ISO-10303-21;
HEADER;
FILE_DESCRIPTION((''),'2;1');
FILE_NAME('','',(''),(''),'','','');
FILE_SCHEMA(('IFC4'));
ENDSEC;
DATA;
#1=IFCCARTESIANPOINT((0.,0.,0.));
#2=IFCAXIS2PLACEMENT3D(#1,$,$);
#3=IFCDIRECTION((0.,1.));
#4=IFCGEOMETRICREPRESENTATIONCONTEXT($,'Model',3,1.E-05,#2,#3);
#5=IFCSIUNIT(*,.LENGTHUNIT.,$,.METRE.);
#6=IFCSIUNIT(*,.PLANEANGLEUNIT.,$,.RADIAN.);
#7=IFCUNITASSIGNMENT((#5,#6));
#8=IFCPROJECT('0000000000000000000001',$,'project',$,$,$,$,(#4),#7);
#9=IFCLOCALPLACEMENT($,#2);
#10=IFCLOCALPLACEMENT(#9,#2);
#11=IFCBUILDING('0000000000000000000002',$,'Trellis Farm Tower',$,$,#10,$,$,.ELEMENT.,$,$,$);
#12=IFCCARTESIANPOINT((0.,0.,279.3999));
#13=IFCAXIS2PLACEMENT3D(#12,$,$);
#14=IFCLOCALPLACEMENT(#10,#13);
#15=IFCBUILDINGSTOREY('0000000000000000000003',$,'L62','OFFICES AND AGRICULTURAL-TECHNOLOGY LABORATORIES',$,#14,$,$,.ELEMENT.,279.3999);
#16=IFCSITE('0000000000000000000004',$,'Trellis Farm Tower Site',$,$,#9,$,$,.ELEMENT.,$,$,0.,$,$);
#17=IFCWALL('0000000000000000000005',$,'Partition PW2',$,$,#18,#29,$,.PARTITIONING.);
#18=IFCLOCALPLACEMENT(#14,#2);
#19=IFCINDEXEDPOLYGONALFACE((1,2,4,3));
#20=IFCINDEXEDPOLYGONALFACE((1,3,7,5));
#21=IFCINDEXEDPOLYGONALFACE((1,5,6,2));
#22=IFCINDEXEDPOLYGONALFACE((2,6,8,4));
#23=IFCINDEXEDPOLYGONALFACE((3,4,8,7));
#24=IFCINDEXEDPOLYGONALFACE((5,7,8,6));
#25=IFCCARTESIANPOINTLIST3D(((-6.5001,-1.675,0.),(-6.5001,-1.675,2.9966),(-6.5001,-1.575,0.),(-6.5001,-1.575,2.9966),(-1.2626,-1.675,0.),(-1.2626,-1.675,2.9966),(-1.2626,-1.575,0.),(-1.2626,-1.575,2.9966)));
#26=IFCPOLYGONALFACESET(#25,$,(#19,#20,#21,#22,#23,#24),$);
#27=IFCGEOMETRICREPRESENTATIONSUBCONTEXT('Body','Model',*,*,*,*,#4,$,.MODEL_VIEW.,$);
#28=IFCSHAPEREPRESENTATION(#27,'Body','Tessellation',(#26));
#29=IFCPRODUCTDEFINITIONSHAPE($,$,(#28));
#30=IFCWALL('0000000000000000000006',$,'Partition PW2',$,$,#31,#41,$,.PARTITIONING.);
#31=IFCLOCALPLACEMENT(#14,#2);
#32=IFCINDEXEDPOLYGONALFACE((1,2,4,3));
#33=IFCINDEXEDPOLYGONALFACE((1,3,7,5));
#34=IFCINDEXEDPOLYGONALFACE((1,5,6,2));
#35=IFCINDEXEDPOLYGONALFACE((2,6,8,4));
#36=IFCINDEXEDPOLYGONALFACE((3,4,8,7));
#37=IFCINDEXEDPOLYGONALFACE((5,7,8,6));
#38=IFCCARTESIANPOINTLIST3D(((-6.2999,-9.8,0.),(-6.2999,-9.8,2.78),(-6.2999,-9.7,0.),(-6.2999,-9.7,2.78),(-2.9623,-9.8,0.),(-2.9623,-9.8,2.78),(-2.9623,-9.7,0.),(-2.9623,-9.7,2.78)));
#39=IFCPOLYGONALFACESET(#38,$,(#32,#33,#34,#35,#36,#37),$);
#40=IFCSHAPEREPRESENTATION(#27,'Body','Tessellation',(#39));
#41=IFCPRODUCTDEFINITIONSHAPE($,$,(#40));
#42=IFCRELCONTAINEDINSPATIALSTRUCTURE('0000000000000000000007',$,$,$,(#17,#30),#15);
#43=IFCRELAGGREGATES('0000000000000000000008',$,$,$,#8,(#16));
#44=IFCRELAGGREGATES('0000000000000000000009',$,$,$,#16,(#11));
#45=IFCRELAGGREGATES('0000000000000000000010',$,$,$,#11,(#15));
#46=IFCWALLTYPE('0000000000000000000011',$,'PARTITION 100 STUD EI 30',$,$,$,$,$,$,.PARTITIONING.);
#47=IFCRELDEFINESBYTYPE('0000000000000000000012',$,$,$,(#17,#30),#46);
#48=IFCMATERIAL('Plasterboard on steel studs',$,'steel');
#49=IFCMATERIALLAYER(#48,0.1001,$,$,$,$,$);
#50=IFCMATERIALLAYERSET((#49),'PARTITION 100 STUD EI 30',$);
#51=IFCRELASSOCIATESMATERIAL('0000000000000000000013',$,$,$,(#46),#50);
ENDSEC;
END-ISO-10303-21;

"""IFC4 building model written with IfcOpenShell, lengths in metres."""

from ifc_helpers import new_model, si_unit, direction, frame, frame_2d, origin, place, context, subcontext, project, spatial, rectangle, extrude, source, transform, mapped, material, layer, layer_set, type_object, element, save


model = new_model("IFC4")

# Units and contexts
model_context = context("Model", 3, precision=1e-05, world=origin(), true_north=direction((0.0, 1.0)))
body_context = subcontext(model_context, "Body", "Model", "MODEL_VIEW")
ifc_project = project(units=[si_unit("LENGTHUNIT", "METRE"), si_unit("PLANEANGLEUNIT", "RADIAN")], contexts=[model_context])

# Site, building, storey
site_placement = place(None, origin())
site = spatial("IfcSite", under=ifc_project, at=site_placement, Name="Trellis Farm Tower Site", CompositionType="ELEMENT", RefElevation=0.0)
building_placement = place(site_placement, origin())
building = spatial("IfcBuilding", under=site, at=building_placement, Name="Trellis Farm Tower", CompositionType="ELEMENT")
storey_placement = place(building_placement, frame((0.0, 0.0, 279.3999)))
storey = spatial("IfcBuildingStorey", under=building, at=storey_placement, Name="L62", Description="OFFICES AND AGRICULTURAL-TECHNOLOGY LABORATORIES", CompositionType="ELEMENT", Elevation=279.3999)

# Walls
ifc_material_1 = material(Name="Plasterboard on steel studs", Category="steel")
ifc_layer_1 = layer(ifc_material_1, 0.1001)
ifc_layer_set_1 = layer_set([ifc_layer_1], Name="PARTITION 100 STUD EI 30")
wall_type_1 = type_object("IfcWallType", Name="PARTITION 100 STUD EI 30", PredefinedType="PARTITIONING", material=ifc_layer_set_1)
shared_shape_1 = source(origin(), body_context, "Body", "SweptSolid", [
    extrude(rectangle(XDim=5.2375, YDim=0.1001, at=frame_2d((2.6187, 0.0))), origin(), (0.0, 0.0, 1.0), 2.9966),
])
wall_1_placement = place(storey_placement, frame((-6.5, -1.625, 0.0), z_axis=(0.0, 0.0, 1.0), x_axis=(1.0, 0.0, 0.0)))
element("IfcWall", 1, at=wall_1_placement, inside=storey, type_object=wall_type_1, Name="Partition PW2", PredefinedType="PARTITIONING", context=body_context, shape_type="MappedRepresentation", body=[
    mapped(shared_shape_1, transform((0.0, 0.0, 0.0))),
])
shared_shape_2 = source(origin(), body_context, "Body", "SweptSolid", [
    extrude(rectangle(XDim=3.3376, YDim=0.1001, at=frame_2d((1.6689, 0.0))), origin(), (0.0, 0.0, 1.0), 2.78),
])
wall_2_placement = place(storey_placement, frame((-6.3, -9.75, 0.0), z_axis=(0.0, 0.0, 1.0), x_axis=(1.0, 0.0, 0.0)))
element("IfcWall", 2, at=wall_2_placement, inside=storey, type_object=wall_type_1, Name="Partition PW2", PredefinedType="PARTITIONING", context=body_context, shape_type="MappedRepresentation", body=[
    mapped(shared_shape_2, transform((0.0, 0.0, 0.0))),
])

save(model, "model.ifc")
